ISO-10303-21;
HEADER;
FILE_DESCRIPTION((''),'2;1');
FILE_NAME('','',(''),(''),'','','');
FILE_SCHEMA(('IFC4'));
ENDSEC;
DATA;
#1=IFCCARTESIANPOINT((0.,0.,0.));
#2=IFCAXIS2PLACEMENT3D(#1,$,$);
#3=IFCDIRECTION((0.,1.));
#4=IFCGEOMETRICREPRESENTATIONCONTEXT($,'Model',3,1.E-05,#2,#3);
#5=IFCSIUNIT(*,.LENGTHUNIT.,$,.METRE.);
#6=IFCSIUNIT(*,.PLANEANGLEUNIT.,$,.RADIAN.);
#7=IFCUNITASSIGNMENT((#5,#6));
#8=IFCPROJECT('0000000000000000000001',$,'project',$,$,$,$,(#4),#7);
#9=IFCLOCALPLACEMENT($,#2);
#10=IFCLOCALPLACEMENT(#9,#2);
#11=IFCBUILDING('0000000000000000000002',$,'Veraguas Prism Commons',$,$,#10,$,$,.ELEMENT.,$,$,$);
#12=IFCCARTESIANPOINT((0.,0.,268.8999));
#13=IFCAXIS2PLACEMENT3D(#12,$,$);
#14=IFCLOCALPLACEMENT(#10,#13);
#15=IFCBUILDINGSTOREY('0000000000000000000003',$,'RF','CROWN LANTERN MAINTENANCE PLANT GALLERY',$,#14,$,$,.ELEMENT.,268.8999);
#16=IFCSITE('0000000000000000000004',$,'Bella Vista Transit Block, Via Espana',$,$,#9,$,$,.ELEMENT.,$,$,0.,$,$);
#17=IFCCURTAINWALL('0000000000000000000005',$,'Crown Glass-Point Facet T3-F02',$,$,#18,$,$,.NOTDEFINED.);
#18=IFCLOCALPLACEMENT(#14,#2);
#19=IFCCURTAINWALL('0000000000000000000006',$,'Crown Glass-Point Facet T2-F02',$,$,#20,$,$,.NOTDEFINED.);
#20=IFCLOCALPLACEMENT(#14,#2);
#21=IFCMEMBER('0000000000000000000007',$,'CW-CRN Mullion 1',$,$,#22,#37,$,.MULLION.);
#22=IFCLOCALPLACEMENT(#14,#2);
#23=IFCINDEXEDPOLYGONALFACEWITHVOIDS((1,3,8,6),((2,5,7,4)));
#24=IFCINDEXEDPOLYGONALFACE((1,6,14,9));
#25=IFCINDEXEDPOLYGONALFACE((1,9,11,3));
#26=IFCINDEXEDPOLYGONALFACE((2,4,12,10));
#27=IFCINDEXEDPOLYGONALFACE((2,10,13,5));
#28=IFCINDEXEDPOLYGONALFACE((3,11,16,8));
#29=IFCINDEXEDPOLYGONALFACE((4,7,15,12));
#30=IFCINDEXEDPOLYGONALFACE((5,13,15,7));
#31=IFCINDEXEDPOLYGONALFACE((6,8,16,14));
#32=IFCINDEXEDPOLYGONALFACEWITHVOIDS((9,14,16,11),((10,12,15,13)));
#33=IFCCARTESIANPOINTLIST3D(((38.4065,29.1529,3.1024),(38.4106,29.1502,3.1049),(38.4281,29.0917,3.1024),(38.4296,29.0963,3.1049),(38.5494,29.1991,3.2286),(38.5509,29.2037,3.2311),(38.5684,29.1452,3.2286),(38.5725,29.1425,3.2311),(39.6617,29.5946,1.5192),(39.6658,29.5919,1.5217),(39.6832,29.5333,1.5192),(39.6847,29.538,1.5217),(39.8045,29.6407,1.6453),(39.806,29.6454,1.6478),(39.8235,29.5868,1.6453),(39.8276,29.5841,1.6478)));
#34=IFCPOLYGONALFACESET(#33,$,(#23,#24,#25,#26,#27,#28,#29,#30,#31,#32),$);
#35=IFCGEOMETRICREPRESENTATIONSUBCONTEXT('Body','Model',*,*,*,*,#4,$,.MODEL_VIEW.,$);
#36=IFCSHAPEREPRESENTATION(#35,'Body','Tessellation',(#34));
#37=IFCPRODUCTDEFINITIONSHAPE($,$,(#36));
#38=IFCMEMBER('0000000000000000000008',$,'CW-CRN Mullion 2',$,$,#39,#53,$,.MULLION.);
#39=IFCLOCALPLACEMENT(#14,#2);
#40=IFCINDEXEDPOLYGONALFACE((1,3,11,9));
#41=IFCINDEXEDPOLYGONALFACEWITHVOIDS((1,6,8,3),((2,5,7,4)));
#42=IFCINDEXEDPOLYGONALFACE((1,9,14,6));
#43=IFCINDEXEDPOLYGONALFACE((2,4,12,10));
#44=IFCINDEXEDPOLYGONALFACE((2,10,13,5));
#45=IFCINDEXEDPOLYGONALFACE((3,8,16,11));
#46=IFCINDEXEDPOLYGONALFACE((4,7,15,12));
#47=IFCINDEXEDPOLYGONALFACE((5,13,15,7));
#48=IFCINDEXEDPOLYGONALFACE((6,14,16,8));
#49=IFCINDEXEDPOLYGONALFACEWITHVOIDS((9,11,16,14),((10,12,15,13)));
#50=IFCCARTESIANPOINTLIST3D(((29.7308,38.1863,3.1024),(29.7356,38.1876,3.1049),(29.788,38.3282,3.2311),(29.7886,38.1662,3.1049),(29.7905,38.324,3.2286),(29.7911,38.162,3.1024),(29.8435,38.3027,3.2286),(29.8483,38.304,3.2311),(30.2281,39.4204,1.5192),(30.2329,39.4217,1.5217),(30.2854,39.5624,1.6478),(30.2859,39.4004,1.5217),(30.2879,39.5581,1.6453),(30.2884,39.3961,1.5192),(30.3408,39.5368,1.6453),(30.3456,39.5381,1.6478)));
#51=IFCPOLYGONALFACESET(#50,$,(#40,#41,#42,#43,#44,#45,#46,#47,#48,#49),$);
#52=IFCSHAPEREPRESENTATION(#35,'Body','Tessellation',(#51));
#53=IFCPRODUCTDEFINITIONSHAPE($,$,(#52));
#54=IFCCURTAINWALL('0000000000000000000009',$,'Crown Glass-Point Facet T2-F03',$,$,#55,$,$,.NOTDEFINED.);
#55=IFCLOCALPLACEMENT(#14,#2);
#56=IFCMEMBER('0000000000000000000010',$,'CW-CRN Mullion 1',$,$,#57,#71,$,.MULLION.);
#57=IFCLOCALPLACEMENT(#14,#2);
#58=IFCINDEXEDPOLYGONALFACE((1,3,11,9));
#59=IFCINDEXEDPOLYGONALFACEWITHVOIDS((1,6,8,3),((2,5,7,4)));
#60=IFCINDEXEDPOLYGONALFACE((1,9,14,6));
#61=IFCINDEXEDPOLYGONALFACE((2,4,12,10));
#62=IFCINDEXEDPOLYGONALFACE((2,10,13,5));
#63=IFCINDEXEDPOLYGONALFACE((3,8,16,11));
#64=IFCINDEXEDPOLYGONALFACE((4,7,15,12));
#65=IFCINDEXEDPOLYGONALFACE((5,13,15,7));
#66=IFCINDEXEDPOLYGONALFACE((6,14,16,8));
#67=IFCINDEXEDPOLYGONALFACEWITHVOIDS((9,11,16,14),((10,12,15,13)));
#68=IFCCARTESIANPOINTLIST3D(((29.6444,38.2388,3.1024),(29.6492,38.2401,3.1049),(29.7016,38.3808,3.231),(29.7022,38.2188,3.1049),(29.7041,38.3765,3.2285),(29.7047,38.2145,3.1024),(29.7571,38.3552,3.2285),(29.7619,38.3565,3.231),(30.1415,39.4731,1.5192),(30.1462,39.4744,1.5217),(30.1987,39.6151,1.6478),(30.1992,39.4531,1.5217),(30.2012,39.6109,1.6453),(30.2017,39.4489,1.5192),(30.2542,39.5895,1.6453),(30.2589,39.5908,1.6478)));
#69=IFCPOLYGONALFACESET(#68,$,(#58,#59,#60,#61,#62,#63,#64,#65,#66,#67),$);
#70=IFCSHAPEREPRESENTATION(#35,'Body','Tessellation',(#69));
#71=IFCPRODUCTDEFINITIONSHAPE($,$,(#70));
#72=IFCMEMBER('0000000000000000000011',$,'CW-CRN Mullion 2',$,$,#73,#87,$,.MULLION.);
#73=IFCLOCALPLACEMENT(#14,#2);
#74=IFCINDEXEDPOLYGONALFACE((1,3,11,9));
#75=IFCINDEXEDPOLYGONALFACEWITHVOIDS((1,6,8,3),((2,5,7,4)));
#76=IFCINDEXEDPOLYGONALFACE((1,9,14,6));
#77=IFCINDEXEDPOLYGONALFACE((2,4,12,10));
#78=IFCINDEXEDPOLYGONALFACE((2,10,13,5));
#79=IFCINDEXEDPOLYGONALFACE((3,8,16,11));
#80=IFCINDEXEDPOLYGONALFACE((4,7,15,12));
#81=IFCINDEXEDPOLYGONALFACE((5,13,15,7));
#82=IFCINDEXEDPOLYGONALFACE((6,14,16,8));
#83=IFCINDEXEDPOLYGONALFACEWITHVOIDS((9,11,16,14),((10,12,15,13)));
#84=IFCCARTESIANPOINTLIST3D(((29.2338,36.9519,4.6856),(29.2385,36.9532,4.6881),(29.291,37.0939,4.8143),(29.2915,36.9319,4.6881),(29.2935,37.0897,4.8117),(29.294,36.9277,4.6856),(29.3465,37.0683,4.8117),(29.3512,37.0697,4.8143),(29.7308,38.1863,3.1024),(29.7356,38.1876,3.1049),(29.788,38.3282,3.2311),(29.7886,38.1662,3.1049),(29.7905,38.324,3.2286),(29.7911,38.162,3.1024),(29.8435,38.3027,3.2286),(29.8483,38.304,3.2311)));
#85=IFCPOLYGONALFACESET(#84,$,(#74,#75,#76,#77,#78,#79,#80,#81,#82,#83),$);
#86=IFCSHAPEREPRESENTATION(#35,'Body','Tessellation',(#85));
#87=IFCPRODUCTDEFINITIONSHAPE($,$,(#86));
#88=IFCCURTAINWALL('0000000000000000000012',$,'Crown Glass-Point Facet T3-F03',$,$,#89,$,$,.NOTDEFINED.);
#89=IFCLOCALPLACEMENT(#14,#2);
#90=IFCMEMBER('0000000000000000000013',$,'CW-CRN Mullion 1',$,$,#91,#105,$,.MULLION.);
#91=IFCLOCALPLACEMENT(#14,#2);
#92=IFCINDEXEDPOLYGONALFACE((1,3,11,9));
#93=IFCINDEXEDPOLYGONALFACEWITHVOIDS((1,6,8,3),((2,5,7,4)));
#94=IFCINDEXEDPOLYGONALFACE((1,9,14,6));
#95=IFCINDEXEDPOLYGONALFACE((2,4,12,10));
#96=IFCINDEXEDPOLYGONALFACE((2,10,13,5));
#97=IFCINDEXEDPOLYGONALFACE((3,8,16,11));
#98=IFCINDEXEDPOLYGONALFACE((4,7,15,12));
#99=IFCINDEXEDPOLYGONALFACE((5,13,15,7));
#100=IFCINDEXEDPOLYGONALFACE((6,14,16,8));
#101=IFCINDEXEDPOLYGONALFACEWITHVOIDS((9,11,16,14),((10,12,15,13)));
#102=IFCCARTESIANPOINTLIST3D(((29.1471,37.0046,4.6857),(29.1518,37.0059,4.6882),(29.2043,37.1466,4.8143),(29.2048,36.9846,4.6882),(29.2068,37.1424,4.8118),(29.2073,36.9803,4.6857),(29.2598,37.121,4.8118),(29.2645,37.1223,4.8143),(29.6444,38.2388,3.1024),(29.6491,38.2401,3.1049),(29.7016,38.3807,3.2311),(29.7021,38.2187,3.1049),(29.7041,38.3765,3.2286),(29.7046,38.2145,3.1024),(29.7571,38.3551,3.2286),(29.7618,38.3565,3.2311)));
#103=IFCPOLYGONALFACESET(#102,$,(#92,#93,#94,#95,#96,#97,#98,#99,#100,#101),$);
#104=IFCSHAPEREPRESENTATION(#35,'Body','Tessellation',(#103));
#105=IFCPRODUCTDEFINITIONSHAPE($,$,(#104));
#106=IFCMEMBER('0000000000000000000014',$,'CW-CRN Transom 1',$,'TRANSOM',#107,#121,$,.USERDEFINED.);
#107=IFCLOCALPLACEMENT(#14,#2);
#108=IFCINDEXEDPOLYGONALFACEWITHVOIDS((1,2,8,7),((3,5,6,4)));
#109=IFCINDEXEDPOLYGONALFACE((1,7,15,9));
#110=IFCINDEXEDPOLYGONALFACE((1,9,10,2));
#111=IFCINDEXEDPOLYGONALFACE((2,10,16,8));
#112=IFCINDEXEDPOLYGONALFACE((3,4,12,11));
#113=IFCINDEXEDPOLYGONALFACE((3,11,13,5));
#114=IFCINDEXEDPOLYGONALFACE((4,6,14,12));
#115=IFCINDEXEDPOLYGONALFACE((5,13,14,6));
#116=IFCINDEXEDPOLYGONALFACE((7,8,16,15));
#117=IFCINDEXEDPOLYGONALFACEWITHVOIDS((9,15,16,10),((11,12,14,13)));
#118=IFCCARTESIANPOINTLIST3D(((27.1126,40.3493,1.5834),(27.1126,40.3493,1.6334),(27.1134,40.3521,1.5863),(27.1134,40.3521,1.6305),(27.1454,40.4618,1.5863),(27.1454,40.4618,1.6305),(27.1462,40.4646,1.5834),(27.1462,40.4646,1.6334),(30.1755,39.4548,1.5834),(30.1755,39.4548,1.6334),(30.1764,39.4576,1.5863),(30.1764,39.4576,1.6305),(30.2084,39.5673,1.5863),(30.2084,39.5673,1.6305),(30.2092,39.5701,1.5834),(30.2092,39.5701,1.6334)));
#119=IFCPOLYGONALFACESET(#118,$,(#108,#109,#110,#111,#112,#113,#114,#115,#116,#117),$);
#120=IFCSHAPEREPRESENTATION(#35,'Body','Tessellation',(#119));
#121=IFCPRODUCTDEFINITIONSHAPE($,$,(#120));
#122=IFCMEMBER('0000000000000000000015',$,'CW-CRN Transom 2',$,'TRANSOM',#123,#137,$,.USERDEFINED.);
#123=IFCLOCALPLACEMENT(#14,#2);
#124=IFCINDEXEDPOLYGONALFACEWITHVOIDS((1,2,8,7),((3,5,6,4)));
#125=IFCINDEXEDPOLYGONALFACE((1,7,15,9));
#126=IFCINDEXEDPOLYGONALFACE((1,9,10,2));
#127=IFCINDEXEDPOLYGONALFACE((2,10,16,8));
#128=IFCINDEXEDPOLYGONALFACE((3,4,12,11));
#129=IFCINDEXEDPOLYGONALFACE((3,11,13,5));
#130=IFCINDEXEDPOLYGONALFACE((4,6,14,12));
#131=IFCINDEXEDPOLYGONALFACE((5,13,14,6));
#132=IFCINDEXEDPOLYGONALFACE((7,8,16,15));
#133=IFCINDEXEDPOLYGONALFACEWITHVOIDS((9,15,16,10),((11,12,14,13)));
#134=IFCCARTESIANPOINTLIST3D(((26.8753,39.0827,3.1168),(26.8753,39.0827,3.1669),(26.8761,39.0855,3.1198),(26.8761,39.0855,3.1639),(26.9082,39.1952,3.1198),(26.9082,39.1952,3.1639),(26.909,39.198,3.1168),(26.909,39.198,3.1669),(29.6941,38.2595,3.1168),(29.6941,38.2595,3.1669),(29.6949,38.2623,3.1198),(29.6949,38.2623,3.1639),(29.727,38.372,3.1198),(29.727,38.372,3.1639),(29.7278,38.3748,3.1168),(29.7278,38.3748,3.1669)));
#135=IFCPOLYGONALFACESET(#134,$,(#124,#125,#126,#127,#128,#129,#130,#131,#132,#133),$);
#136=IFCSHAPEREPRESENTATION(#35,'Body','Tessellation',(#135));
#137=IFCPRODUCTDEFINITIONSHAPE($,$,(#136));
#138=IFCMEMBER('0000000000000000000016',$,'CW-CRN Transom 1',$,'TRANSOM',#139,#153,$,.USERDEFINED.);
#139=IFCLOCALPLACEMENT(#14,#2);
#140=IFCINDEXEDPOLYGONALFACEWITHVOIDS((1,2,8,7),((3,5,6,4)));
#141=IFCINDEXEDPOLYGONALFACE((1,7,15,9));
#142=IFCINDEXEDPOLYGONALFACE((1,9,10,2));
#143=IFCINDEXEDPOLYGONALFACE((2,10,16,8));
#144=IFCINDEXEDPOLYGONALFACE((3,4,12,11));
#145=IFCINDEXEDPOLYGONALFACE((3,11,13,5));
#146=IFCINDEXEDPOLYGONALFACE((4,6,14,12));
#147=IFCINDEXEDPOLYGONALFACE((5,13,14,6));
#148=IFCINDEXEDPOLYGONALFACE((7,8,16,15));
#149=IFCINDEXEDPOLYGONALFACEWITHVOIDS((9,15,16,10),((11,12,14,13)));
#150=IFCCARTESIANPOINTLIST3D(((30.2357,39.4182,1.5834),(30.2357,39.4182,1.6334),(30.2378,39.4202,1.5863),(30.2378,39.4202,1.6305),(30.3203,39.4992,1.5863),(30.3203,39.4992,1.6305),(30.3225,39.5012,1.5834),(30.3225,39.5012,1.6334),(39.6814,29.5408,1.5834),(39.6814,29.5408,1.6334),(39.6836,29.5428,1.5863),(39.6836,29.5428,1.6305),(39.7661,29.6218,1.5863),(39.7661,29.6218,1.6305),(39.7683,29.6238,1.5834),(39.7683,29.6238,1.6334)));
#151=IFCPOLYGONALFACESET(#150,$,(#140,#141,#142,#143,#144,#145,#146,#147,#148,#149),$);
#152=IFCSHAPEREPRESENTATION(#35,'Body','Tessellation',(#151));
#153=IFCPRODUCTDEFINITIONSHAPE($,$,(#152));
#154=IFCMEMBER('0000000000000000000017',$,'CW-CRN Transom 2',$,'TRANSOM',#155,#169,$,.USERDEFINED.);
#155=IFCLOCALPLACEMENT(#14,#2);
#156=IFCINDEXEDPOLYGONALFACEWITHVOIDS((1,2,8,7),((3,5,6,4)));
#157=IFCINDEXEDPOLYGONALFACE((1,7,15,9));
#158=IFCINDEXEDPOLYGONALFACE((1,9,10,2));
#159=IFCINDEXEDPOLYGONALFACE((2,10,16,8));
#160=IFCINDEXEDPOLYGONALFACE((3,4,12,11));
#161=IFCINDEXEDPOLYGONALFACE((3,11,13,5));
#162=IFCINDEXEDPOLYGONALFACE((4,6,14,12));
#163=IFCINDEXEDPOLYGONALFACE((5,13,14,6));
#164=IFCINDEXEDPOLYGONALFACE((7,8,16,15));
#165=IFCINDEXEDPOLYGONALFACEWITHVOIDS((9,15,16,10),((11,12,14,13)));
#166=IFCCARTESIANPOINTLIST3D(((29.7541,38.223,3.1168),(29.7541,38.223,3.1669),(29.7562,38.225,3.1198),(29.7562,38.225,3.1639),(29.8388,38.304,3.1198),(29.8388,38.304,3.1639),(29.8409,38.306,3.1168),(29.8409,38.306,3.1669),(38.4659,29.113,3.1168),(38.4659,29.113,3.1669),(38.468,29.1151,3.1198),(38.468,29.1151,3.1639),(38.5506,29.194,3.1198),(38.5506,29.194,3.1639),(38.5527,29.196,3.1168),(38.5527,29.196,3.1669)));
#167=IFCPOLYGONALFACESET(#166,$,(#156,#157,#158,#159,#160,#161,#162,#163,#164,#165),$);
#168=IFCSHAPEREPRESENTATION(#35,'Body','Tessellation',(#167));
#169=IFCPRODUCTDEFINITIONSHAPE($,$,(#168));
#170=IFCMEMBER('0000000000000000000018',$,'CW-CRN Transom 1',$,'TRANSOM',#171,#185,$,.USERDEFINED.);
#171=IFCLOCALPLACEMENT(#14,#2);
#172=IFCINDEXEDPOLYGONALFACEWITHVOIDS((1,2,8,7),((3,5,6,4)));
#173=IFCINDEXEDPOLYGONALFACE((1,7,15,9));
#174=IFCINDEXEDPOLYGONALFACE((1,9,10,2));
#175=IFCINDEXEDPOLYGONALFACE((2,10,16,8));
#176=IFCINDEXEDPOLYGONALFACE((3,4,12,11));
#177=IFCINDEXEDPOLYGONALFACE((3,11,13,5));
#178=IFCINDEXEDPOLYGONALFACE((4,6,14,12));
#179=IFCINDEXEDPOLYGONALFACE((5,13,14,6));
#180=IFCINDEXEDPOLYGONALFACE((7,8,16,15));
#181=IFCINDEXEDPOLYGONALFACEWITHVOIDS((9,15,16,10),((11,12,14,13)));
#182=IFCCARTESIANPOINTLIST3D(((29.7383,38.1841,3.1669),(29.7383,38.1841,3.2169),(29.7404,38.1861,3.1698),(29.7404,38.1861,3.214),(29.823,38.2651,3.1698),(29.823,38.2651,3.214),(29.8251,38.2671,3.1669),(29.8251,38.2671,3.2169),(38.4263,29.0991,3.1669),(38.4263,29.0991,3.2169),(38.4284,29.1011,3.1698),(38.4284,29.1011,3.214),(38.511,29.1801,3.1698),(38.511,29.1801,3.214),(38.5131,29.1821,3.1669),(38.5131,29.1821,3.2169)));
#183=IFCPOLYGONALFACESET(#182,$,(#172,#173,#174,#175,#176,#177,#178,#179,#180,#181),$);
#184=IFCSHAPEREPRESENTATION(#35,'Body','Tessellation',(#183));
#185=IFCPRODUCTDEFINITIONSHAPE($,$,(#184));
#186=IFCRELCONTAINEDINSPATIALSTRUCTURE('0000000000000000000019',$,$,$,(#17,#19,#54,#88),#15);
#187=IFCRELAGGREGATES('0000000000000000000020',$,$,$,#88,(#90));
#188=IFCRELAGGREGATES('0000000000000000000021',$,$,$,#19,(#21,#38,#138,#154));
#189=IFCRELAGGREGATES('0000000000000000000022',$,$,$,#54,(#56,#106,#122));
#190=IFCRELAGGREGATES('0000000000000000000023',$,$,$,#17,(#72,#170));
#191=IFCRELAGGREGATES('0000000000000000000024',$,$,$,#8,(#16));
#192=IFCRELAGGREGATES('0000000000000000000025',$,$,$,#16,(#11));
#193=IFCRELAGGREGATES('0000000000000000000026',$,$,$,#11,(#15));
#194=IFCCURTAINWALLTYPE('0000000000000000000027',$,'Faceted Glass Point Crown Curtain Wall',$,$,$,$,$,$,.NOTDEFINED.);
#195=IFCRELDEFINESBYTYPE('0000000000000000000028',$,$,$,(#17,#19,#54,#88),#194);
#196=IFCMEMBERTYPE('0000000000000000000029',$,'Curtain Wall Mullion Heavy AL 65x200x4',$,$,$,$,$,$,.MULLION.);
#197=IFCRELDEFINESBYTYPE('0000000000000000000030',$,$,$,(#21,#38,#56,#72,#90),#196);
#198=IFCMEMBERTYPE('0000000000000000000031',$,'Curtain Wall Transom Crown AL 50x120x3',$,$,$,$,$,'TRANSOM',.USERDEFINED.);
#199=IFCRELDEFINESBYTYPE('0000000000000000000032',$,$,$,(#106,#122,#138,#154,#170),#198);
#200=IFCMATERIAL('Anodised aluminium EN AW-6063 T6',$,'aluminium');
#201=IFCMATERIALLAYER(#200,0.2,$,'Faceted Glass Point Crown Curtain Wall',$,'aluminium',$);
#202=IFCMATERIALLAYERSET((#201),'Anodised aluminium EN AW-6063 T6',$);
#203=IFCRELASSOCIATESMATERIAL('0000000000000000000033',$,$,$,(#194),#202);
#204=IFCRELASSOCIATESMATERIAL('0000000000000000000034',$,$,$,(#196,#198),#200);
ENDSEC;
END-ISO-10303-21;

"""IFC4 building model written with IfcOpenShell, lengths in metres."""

from ifc_helpers import new_model, si_unit, direction, frame, origin, origin_2d, place, context, subcontext, project, spatial, hollow_rectangle, extrude, source, transform, mapped, material, layer, layer_set, material_profile, profile_set, type_object, element, aggregate, save


model = new_model("IFC4")

# Units and contexts
model_context = context("Model", 3, precision=1e-05, world=origin(), true_north=direction((0.0, 1.0)))
body_context = subcontext(model_context, "Body", "Model", "MODEL_VIEW")
ifc_project = project(units=[si_unit("LENGTHUNIT", "METRE"), si_unit("PLANEANGLEUNIT", "RADIAN")], contexts=[model_context])

# Site, building, storey
site_placement = place(None, origin())
site = spatial("IfcSite", under=ifc_project, at=site_placement, Name="Bella Vista Transit Block, Via Espana", CompositionType="ELEMENT", RefElevation=0.0)
building_placement = place(site_placement, origin())
building = spatial("IfcBuilding", under=site, at=building_placement, Name="Veraguas Prism Commons", CompositionType="ELEMENT")
storey_placement = place(building_placement, frame((0.0, 0.0, 268.8999)))
storey = spatial("IfcBuildingStorey", under=building, at=storey_placement, Name="RF", Description="CROWN LANTERN MAINTENANCE PLANT GALLERY", CompositionType="ELEMENT", Elevation=268.8999)

# Shared definitions
ifc_material_1 = material(Name="Anodised aluminium EN AW-6063 T6", Category="aluminium")
ifc_layer_1 = layer(ifc_material_1, 0.2, Name="Faceted Glass Point Crown Curtain Wall", Category="aluminium")
ifc_layer_set_1 = layer_set([ifc_layer_1], Name="Anodised aluminium EN AW-6063 T6")
curtain_wall_type = type_object("IfcCurtainWallType", Name="Faceted Glass Point Crown Curtain Wall", PredefinedType="NOTDEFINED", material=ifc_layer_set_1)
ifc_material_profile_1 = material_profile(ifc_material_1, hollow_rectangle(XDim=0.0649, YDim=0.2, WallThickness=0.0039, at=origin_2d()), Name="AL65X200X4")
ifc_profile_set_1 = profile_set([ifc_material_profile_1], Name="Anodised aluminium EN AW-6063 T6")
member_type_1 = type_object("IfcMemberType", Name="Curtain Wall Mullion Heavy AL 65x200x4", PredefinedType="MULLION", material=ifc_profile_set_1)

# Curtain wall
curtain_wall_1_placement = place(storey_placement, origin())
curtain_wall_1 = element("IfcCurtainWall", 1, at=curtain_wall_1_placement, inside=storey, type_object=curtain_wall_type, Name="Crown Glass-Point Facet T3-F02", PredefinedType="NOTDEFINED")

# Shared definitions
ifc_material_profile_2 = material_profile(ifc_material_1, hollow_rectangle(XDim=0.05, YDim=0.1201, WallThickness=0.0029, at=origin_2d()), Name="AL50X120X3")
ifc_profile_set_2 = profile_set([ifc_material_profile_2], Name="Anodised aluminium EN AW-6063 T6")
member_type_2 = type_object("IfcMemberType", Name="Curtain Wall Transom Crown AL 50x120x3", ElementType="TRANSOM", PredefinedType="USERDEFINED", material=ifc_profile_set_2)

# Shared definitions
shared_shape_1 = source(origin(), body_context, "Body", "SweptSolid", [
    extrude(hollow_rectangle(XDim=0.0649, YDim=0.2, WallThickness=0.0039, at=origin_2d()), origin(), (0.0, 0.0, 1.0), 2.0681),
])

# Curtain wall, members
curtain_wall_2_placement = place(storey_placement, origin())
curtain_wall_2 = element("IfcCurtainWall", 2, at=curtain_wall_2_placement, inside=storey, type_object=curtain_wall_type, Name="Crown Glass-Point Facet T2-F02", PredefinedType="NOTDEFINED")
member_1_placement = place(storey_placement, frame((39.7446, 29.5894, 1.5835), z_axis=(-0.606895, -0.213552, 0.765554), x_axis=(0.331927, -0.943305, 0.0)))
member_1 = element("IfcMember", 3, at=member_1_placement, type_object=member_type_1, Name="CW-CRN Mullion 1", PredefinedType="MULLION", context=body_context, shape_type="MappedRepresentation", body=[
    mapped(shared_shape_1, transform((0.0, 0.0, 0.0), scale=1.0)),
])
member_2_placement = place(storey_placement, frame((30.2869, 39.4792, 1.5835), z_axis=(-0.240468, -0.596743, 0.765554), x_axis=(0.927525, -0.373762, 0.0)))
member_2 = element("IfcMember", 4, at=member_2_placement, type_object=member_type_1, Name="CW-CRN Mullion 2", PredefinedType="MULLION", context=body_context, shape_type="MappedRepresentation", body=[
    mapped(shared_shape_1, transform((0.0, 0.0, 0.0), scale=1.0)),
])

# Curtain wall, member
curtain_wall_3_placement = place(storey_placement, origin())
curtain_wall_3 = element("IfcCurtainWall", 5, at=curtain_wall_3_placement, inside=storey, type_object=curtain_wall_type, Name="Crown Glass-Point Facet T2-F03", PredefinedType="NOTDEFINED")
member_3_placement = place(storey_placement, frame((30.2002, 39.532, 1.5835), z_axis=(-0.24034, -0.596836, 0.765522), x_axis=(0.927614, -0.373541, 0.0)))
member_3 = element("IfcMember", 6, at=member_3_placement, type_object=member_type_1, Name="CW-CRN Mullion 1", PredefinedType="MULLION", context=body_context, shape_type="MappedRepresentation", body=[
    mapped(shared_shape_1, transform((0.0, 0.0, 0.0), scale=1.0)),
])

# Member
member_4_placement = place(storey_placement, frame((29.7896, 38.2451, 3.1667), z_axis=(-0.24034, -0.596836, 0.765522), x_axis=(0.927614, -0.373541, 0.0)))
member_4 = element("IfcMember", 7, at=member_4_placement, type_object=member_type_1, Name="CW-CRN Mullion 2", PredefinedType="MULLION", context=body_context, shape_type="MappedRepresentation", body=[
    mapped(shared_shape_1, transform((0.0, 0.0, 0.0), scale=1.0)),
])

# Curtain wall, member
curtain_wall_4_placement = place(storey_placement, origin())
curtain_wall_4 = element("IfcCurtainWall", 8, at=curtain_wall_4_placement, inside=storey, type_object=curtain_wall_type, Name="Crown Glass-Point Facet T3-F03", PredefinedType="NOTDEFINED")
member_5_placement = place(storey_placement, frame((29.7031, 38.2976, 3.1667), z_axis=(-0.240468, -0.596743, 0.765554), x_axis=(0.927525, -0.373762, 0.0)))
member_5 = element("IfcMember", 9, at=member_5_placement, type_object=member_type_1, Name="CW-CRN Mullion 1", PredefinedType="MULLION", context=body_context, shape_type="MappedRepresentation", body=[
    mapped(shared_shape_1, transform((0.0, 0.0, 0.0), scale=1.0)),
])
aggregate(curtain_wall_4, [member_5])

# Members
shared_shape_2 = source(origin(), body_context, "Body", "SweptSolid", [
    extrude(hollow_rectangle(XDim=0.05, YDim=0.1201, WallThickness=0.0029, at=origin_2d()), origin(), (0.0, 0.0, 1.0), 3.1909),
])
member_6_placement = place(storey_placement, frame((30.1924, 39.5125, 1.6084), z_axis=(-0.959902, 0.280335, 0.0), x_axis=(0.0, 0.0, 1.0)))
member_6 = element("IfcMember", 10, at=member_6_placement, type_object=member_type_2, Name="CW-CRN Transom 1", ObjectType="TRANSOM", PredefinedType="USERDEFINED", context=body_context, shape_type="MappedRepresentation", body=[
    mapped(shared_shape_2, transform((0.0, 0.0, 0.0), scale=1.0)),
])
shared_shape_3 = source(origin(), body_context, "Body", "SweptSolid", [
    extrude(hollow_rectangle(XDim=0.05, YDim=0.1201, WallThickness=0.0029, at=origin_2d()), origin(), (0.0, 0.0, 1.0), 2.9365),
])
member_7_placement = place(storey_placement, frame((29.7109, 38.3171, 3.1418), z_axis=(-0.959901, 0.280338, 0.0), x_axis=(0.0, 0.0, 1.0)))
member_7 = element("IfcMember", 11, at=member_7_placement, type_object=member_type_2, Name="CW-CRN Transom 2", ObjectType="TRANSOM", PredefinedType="USERDEFINED", context=body_context, shape_type="MappedRepresentation", body=[
    mapped(shared_shape_3, transform((0.0, 0.0, 0.0), scale=1.0)),
])
shared_shape_4 = source(origin(), body_context, "Body", "SweptSolid", [
    extrude(hollow_rectangle(XDim=0.05, YDim=0.1201, WallThickness=0.0029, at=origin_2d()), origin(), (0.0, 0.0, 1.0), 13.667),
])
member_8_placement = place(storey_placement, frame((39.7249, 29.5823, 1.6084), z_axis=(-0.691139, 0.722722, 0.0), x_axis=(0.0, 0.0, 1.0)))
member_8 = element("IfcMember", 12, at=member_8_placement, type_object=member_type_2, Name="CW-CRN Transom 1", ObjectType="TRANSOM", PredefinedType="USERDEFINED", context=body_context, shape_type="MappedRepresentation", body=[
    mapped(shared_shape_4, transform((0.0, 0.0, 0.0), scale=1.0)),
])
shared_shape_5 = source(origin(), body_context, "Body", "SweptSolid", [
    extrude(hollow_rectangle(XDim=0.05, YDim=0.1201, WallThickness=0.0029, at=origin_2d()), origin(), (0.0, 0.0, 1.0), 12.605),
])
member_9_placement = place(storey_placement, frame((38.5093, 29.1545, 3.1418), z_axis=(-0.691135, 0.722726, 0.0), x_axis=(0.0, 0.0, 1.0)))
member_9 = element("IfcMember", 13, at=member_9_placement, type_object=member_type_2, Name="CW-CRN Transom 2", ObjectType="TRANSOM", PredefinedType="USERDEFINED", context=body_context, shape_type="MappedRepresentation", body=[
    mapped(shared_shape_5, transform((0.0, 0.0, 0.0), scale=1.0)),
])
shared_shape_6 = source(origin(), body_context, "Body", "SweptSolid", [
    extrude(hollow_rectangle(XDim=0.05, YDim=0.1201, WallThickness=0.0029, at=origin_2d()), origin(), (0.0, 0.0, 1.0), 12.5706),
])
member_10_placement = place(storey_placement, frame((38.4697, 29.1406, 3.1919), z_axis=(-0.691141, 0.72272, 0.0), x_axis=(0.0, 0.0, 1.0)))
member_10 = element("IfcMember", 14, at=member_10_placement, type_object=member_type_2, Name="CW-CRN Transom 1", ObjectType="TRANSOM", PredefinedType="USERDEFINED", context=body_context, shape_type="MappedRepresentation", body=[
    mapped(shared_shape_6, transform((0.0, 0.0, 0.0), scale=1.0)),
])

aggregate(curtain_wall_2, [member_1, member_2, member_8, member_9])
aggregate(curtain_wall_3, [member_3, member_6, member_7])
aggregate(curtain_wall_1, [member_4, member_10])

save(model, "model.ifc")
